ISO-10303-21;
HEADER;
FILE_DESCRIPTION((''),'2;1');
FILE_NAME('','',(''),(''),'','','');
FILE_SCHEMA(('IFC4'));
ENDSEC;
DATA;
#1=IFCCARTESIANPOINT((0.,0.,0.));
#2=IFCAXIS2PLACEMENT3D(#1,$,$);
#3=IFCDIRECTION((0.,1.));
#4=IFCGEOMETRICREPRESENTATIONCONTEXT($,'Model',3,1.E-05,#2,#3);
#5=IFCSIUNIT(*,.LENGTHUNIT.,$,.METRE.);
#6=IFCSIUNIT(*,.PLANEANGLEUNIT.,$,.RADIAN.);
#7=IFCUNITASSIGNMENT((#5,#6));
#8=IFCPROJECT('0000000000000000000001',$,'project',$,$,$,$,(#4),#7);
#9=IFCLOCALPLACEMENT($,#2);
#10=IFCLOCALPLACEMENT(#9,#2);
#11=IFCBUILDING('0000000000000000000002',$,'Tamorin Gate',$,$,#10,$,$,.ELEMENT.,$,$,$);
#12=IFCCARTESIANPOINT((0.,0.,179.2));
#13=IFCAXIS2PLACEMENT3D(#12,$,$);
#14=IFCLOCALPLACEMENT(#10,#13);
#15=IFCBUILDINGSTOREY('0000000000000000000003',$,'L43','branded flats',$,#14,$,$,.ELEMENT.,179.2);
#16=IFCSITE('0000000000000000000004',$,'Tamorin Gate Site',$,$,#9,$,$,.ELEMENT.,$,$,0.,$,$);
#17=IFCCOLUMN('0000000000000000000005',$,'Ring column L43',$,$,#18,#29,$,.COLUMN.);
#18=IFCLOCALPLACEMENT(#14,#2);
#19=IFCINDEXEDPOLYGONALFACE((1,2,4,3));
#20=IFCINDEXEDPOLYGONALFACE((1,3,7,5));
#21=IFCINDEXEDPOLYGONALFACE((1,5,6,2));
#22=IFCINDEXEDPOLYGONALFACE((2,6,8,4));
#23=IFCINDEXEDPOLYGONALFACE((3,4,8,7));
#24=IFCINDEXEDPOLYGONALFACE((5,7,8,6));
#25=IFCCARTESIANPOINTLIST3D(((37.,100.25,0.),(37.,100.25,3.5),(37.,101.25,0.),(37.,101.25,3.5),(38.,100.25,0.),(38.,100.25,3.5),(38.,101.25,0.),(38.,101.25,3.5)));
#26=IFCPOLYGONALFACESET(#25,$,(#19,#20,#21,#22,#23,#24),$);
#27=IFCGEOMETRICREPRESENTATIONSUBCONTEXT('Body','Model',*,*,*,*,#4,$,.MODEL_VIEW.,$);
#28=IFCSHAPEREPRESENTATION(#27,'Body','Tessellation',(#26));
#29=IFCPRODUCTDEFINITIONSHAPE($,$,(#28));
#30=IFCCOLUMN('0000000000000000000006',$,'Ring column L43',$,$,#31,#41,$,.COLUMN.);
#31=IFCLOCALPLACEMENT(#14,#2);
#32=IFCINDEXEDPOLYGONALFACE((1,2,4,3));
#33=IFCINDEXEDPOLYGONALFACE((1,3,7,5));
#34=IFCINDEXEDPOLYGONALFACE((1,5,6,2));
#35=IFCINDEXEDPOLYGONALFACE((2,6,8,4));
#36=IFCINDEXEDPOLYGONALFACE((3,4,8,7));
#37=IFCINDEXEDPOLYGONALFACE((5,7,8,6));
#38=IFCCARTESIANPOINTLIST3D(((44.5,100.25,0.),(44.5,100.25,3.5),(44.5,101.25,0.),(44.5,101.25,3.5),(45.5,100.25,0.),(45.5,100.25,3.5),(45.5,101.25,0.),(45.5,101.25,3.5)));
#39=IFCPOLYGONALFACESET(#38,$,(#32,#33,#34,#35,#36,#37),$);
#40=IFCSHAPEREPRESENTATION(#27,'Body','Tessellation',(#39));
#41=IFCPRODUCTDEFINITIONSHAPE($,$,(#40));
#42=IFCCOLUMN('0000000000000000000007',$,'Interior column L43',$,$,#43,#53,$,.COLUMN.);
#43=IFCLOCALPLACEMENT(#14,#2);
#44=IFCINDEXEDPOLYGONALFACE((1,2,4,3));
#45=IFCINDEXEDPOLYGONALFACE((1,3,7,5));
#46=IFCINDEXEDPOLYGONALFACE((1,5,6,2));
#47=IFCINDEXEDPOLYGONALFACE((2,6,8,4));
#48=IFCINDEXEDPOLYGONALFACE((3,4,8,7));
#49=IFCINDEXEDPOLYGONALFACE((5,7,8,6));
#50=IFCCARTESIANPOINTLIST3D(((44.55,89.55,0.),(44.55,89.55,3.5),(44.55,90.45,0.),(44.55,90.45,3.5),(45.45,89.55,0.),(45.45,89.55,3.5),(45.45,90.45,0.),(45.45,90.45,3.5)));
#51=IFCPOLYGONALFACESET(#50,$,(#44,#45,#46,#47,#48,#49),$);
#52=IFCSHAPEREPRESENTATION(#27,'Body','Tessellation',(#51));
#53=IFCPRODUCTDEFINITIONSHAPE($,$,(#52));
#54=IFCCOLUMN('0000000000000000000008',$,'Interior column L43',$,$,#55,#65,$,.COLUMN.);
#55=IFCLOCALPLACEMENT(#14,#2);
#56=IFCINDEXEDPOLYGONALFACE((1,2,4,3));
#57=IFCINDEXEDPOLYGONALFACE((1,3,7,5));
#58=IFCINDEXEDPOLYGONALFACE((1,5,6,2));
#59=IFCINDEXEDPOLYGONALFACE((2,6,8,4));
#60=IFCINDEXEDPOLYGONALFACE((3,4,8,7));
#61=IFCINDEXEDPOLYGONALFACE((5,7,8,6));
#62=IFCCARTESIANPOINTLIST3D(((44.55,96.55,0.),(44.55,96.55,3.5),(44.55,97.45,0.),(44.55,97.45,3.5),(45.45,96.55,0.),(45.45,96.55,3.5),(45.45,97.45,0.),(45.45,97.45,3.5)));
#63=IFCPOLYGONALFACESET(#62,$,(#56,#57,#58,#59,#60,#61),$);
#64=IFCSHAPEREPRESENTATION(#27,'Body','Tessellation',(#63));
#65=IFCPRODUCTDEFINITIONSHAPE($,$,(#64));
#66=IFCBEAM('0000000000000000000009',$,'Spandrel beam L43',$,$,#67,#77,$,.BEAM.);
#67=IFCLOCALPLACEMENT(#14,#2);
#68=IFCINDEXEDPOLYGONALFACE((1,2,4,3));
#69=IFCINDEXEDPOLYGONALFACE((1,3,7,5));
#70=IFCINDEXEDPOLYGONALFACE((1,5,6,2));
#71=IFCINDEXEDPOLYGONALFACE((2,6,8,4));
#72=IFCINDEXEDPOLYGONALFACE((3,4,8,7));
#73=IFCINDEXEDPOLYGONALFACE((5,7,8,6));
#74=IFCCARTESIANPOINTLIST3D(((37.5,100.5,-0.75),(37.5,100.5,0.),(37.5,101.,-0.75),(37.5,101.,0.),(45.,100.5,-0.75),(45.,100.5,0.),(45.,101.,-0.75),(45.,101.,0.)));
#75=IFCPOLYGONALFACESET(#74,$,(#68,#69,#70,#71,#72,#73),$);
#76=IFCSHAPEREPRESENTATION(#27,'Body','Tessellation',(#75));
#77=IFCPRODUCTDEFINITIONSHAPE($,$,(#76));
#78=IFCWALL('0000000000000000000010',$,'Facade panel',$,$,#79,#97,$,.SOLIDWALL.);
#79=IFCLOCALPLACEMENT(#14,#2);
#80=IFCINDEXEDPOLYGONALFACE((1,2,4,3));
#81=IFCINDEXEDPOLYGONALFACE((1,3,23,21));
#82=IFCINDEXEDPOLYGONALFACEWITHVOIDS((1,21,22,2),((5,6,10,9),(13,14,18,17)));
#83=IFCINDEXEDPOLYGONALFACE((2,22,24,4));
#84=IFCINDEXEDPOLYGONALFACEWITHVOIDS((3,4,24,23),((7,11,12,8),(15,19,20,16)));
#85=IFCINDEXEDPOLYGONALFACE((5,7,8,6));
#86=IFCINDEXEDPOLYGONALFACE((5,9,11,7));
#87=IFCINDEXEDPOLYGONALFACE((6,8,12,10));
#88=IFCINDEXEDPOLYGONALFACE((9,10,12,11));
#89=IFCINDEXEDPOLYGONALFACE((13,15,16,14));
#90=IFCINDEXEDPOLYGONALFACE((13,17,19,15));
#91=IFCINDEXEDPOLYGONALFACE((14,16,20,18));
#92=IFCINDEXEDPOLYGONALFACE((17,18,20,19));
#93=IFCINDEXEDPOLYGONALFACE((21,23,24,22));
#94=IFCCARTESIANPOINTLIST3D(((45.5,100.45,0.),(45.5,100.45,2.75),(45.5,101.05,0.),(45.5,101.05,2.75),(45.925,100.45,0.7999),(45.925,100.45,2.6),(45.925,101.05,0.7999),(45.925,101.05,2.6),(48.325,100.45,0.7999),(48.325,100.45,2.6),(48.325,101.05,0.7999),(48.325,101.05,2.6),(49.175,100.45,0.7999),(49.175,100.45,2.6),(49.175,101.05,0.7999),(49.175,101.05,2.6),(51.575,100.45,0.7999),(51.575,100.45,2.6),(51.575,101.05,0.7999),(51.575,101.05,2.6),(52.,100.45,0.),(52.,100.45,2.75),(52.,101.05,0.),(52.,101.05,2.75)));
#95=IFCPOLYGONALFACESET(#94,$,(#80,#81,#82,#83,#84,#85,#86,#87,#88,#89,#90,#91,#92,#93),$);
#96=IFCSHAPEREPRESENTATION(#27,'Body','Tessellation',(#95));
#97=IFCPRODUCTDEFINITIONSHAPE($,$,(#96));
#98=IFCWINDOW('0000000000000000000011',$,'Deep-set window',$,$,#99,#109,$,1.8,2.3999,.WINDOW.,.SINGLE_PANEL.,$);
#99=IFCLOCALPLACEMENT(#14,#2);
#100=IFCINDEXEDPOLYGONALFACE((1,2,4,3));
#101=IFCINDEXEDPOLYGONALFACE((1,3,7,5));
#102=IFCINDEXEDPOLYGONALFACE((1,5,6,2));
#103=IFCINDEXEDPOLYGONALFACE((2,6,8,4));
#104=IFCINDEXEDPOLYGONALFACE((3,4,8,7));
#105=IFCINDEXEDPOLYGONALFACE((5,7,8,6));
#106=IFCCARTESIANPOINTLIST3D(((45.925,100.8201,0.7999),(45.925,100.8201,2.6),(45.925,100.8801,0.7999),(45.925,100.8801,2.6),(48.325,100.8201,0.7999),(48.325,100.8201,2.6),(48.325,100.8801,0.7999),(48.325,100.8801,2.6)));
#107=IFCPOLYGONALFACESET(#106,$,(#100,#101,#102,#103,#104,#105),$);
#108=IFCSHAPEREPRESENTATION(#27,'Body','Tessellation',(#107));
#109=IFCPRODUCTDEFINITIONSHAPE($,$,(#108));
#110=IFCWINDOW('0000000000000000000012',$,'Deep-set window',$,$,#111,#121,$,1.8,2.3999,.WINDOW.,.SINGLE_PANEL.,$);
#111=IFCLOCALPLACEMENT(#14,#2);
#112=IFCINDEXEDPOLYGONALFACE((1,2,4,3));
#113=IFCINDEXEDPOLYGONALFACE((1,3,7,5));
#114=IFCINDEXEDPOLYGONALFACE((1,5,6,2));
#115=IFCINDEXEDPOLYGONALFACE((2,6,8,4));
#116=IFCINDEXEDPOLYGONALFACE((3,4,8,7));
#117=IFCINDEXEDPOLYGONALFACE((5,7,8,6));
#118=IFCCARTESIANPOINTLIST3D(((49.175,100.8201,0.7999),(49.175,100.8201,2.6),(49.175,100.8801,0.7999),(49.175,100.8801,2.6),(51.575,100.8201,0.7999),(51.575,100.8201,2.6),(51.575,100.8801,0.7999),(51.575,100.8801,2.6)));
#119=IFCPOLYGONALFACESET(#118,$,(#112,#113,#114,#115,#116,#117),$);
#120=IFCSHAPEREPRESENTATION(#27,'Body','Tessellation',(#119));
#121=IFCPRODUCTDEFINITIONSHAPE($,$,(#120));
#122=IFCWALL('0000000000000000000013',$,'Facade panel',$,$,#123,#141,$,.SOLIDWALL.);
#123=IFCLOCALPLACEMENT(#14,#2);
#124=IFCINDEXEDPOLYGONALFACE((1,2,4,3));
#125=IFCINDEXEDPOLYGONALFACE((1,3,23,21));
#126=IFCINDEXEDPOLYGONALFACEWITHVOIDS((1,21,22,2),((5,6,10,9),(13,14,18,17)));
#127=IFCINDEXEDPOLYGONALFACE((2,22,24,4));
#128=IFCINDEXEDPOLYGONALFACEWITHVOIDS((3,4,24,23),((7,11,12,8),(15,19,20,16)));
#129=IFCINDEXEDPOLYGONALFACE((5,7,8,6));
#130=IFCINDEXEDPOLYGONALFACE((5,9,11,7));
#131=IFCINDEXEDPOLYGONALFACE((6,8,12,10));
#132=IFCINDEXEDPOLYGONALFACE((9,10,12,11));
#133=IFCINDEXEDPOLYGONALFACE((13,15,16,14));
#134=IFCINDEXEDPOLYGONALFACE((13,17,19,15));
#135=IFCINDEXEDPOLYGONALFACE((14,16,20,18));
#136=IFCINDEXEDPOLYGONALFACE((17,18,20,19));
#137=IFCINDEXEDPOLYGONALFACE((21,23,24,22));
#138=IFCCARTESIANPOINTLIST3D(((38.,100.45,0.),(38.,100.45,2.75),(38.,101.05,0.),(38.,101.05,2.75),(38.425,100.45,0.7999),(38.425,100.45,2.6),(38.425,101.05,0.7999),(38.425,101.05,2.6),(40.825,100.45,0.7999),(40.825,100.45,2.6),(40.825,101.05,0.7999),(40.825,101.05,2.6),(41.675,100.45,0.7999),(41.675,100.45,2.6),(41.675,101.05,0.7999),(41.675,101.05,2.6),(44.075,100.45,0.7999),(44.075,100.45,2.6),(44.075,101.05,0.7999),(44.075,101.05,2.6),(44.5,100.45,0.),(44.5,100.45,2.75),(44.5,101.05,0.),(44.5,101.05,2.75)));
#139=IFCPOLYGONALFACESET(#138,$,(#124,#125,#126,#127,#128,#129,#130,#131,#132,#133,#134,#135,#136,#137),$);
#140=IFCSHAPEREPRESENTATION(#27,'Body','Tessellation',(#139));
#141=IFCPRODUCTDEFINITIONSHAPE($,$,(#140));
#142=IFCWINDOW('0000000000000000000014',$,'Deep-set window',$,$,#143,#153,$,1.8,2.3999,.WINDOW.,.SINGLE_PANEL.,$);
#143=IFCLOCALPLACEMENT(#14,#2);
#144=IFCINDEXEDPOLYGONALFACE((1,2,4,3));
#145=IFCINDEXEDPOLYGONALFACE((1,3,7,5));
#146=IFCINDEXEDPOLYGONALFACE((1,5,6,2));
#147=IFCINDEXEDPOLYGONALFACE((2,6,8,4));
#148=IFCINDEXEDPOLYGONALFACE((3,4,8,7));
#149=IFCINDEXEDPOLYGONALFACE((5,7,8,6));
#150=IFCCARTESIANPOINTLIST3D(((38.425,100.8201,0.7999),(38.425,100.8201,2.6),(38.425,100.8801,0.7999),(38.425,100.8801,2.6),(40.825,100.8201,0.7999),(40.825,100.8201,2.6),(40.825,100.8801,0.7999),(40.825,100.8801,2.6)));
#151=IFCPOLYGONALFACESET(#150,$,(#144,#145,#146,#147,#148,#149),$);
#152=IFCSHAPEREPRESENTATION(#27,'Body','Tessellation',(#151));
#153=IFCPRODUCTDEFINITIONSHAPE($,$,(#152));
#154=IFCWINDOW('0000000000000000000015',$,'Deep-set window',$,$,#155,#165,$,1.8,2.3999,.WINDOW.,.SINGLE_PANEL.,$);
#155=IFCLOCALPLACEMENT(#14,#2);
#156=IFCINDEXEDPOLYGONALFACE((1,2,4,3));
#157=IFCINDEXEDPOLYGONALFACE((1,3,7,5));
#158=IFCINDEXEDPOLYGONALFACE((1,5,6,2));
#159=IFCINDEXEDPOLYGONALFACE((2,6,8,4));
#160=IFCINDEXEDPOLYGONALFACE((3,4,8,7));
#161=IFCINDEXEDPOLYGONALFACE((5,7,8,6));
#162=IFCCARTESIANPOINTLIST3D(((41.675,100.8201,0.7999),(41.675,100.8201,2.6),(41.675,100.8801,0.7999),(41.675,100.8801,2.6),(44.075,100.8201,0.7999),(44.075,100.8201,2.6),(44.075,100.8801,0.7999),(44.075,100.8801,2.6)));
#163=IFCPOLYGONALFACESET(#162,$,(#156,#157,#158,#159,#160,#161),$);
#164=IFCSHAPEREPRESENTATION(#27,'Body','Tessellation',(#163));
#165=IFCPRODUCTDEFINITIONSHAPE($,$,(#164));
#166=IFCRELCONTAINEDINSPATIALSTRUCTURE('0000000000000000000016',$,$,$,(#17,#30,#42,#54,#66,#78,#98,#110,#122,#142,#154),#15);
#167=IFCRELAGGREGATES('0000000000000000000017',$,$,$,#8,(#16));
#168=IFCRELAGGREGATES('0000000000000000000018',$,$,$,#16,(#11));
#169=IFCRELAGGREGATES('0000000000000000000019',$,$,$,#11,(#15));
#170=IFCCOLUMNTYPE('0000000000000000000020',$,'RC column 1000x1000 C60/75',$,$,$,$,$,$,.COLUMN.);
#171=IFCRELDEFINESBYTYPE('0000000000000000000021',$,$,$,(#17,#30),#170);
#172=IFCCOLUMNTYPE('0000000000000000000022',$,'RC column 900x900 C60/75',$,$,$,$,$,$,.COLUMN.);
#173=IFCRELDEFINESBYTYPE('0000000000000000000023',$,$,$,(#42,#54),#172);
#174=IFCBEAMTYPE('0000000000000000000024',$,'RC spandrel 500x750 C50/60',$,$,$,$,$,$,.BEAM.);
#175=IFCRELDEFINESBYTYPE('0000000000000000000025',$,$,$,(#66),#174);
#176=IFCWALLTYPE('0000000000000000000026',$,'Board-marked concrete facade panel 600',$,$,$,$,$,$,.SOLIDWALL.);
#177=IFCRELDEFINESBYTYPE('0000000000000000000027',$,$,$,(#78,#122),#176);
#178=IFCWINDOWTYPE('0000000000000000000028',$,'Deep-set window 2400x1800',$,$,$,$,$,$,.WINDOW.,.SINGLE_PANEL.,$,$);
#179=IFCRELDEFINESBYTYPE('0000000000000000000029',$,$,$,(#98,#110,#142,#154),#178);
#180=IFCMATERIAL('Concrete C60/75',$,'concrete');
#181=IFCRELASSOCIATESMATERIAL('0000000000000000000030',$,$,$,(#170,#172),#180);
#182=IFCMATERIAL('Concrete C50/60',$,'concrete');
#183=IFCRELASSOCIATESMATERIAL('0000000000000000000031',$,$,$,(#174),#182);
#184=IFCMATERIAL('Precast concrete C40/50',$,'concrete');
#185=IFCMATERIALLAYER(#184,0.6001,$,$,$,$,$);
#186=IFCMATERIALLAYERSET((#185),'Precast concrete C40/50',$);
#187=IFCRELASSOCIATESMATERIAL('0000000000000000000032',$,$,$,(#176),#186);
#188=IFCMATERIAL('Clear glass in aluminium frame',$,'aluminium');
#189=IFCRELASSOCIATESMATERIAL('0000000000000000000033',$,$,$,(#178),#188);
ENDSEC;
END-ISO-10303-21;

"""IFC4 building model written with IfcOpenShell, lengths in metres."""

from ifc_helpers import new_model, si_unit, direction, frame, frame_2d, origin, origin_2d, place, context, subcontext, project, spatial, rectangle, extrude, material, layer, layer_set, material_profile, profile_set, type_object, element, fill, save


model = new_model("IFC4")

# Units and contexts
model_context = context("Model", 3, precision=1e-05, world=origin(), true_north=direction((0.0, 1.0)))
body_context = subcontext(model_context, "Body", "Model", "MODEL_VIEW")
ifc_project = project(units=[si_unit("LENGTHUNIT", "METRE"), si_unit("PLANEANGLEUNIT", "RADIAN")], contexts=[model_context])

# Site, building, storey
site_placement = place(None, origin())
site = spatial("IfcSite", under=ifc_project, at=site_placement, Name="Tamorin Gate Site", CompositionType="ELEMENT", RefElevation=0.0)
building_placement = place(site_placement, origin())
building = spatial("IfcBuilding", under=site, at=building_placement, Name="Tamorin Gate", CompositionType="ELEMENT")
storey_placement = place(building_placement, frame((0.0, 0.0, 179.2)))
storey = spatial("IfcBuildingStorey", under=building, at=storey_placement, Name="L43", Description="branded flats", CompositionType="ELEMENT", Elevation=179.2)

# Columns
ifc_material_1 = material(Name="Concrete C60/75", Category="concrete")
ifc_material_profile_1 = material_profile(ifc_material_1, rectangle(XDim=1.0, YDim=1.0, at=origin_2d()), Name="RC 1000x1000")
ifc_profile_set_1 = profile_set([ifc_material_profile_1], Name="Concrete C60/75")
column_type_1 = type_object("IfcColumnType", Name="RC column 1000x1000 C60/75", PredefinedType="COLUMN", material=ifc_profile_set_1)
for number, where, z_axis, x_axis, name in (
    (1, (37.5, 100.75, 0.0), (0.0, 0.0, 1.0), (1.0, 0.0, 0.0), "Ring column L43"),
    (2, (45.0, 100.75, 0.0), (0.0, 0.0, 1.0), (1.0, 0.0, 0.0), "Ring column L43"),
):
    element("IfcColumn", number, at=place(storey_placement, frame(where, z_axis=z_axis, x_axis=x_axis)), inside=storey, type_object=column_type_1, Name=name, PredefinedType="COLUMN", context=body_context, shape_type="SweptSolid", body=[
        extrude(rectangle(XDim=1.0, YDim=1.0, at=origin_2d()), origin(), (0.0, 0.0, 1.0), 3.5),
    ])
ifc_material_profile_2 = material_profile(ifc_material_1, rectangle(XDim=0.8999, YDim=0.8999, at=origin_2d()), Name="RC 900x900")
ifc_profile_set_2 = profile_set([ifc_material_profile_2], Name="Concrete C60/75")
column_type_2 = type_object("IfcColumnType", Name="RC column 900x900 C60/75", PredefinedType="COLUMN", material=ifc_profile_set_2)
for number, where, z_axis, x_axis, name in (
    (3, (45.0, 90.0, 0.0), (0.0, 0.0, 1.0), (1.0, 0.0, 0.0), "Interior column L43"),
    (4, (45.0, 97.0, 0.0), (0.0, 0.0, 1.0), (1.0, 0.0, 0.0), "Interior column L43"),
):
    element("IfcColumn", number, at=place(storey_placement, frame(where, z_axis=z_axis, x_axis=x_axis)), inside=storey, type_object=column_type_2, Name=name, PredefinedType="COLUMN", context=body_context, shape_type="SweptSolid", body=[
        extrude(rectangle(XDim=0.8999, YDim=0.8999, at=origin_2d()), origin(), (0.0, 0.0, 1.0), 3.5),
    ])

# Beam
ifc_material_2 = material(Name="Concrete C50/60", Category="concrete")
ifc_material_profile_3 = material_profile(ifc_material_2, rectangle(XDim=0.5, YDim=0.75, at=origin_2d()), Name="RC 500x750")
ifc_profile_set_3 = profile_set([ifc_material_profile_3], Name="Concrete C50/60")
beam_type = type_object("IfcBeamType", Name="RC spandrel 500x750 C50/60", PredefinedType="BEAM", material=ifc_profile_set_3)
beam_placement = place(storey_placement, frame((45.0, 100.75, -0.375), z_axis=(-1.0, 0.0, 0.0), x_axis=(0.0, -1.0, 0.0)))
element("IfcBeam", 5, at=beam_placement, inside=storey, type_object=beam_type, Name="Spandrel beam L43", PredefinedType="BEAM", context=body_context, shape_type="SweptSolid", body=[
    extrude(rectangle(XDim=0.5, YDim=0.75, at=origin_2d()), origin(), (0.0, 0.0, 1.0), 7.5),
])

# Walls, openings, windows
ifc_material_3 = material(Name="Precast concrete C40/50", Category="concrete")
ifc_layer_1 = layer(ifc_material_3, 0.6001)
ifc_layer_set_1 = layer_set([ifc_layer_1], Name="Precast concrete C40/50")
wall_type_1 = type_object("IfcWallType", Name="Board-marked concrete facade panel 600", PredefinedType="SOLIDWALL", material=ifc_layer_set_1)
wall_1_placement = place(storey_placement, frame((52.0, 100.75, 0.0), z_axis=(0.0, 0.0, 1.0), x_axis=(-1.0, 0.0, 0.0)))
wall_1 = element("IfcWall", 6, at=wall_1_placement, inside=storey, type_object=wall_type_1, Name="Facade panel", PredefinedType="SOLIDWALL", context=body_context, shape_type="SweptSolid", body=[
    extrude(rectangle(XDim=6.5, YDim=0.6001, at=frame_2d((3.25, 0.0))), origin(), (0.0, 0.0, 1.0), 2.75),
])
opening_1_placement = place(wall_1_placement, frame((3.675, 0.0, 0.8)))
opening_1 = element("IfcOpeningElement", 7, at=opening_1_placement, cuts=wall_1, PredefinedType="OPENING", context=body_context, shape_type="SweptSolid", body=[
    extrude(rectangle(XDim=2.3999, YDim=1.8, at=frame_2d((1.2, 0.8999))), frame((0.0, 0.3101, 0.0), z_axis=(0.0, -1.0, 0.0), x_axis=(1.0, 0.0, 0.0)), (0.0, 0.0, 1.0), 0.6201),
])
opening_2_placement = place(wall_1_placement, frame((0.425, 0.0, 0.8)))
opening_2 = element("IfcOpeningElement", 8, at=opening_2_placement, cuts=wall_1, PredefinedType="OPENING", context=body_context, shape_type="SweptSolid", body=[
    extrude(rectangle(XDim=2.3999, YDim=1.8, at=frame_2d((1.2, 0.8999))), frame((0.0, 0.3101, 0.0), z_axis=(0.0, -1.0, 0.0), x_axis=(1.0, 0.0, 0.0)), (0.0, 0.0, 1.0), 0.6201),
])
ifc_material_4 = material(Name="Clear glass in aluminium frame", Category="aluminium")
window_type = type_object("IfcWindowType", Name="Deep-set window 2400x1800", PartitioningType="SINGLE_PANEL", PredefinedType="WINDOW", material=ifc_material_4)
window_1_placement = place(opening_1_placement, origin())
window_1 = element("IfcWindow", 9, at=window_1_placement, inside=storey, type_object=window_type, Name="Deep-set window", OverallHeight=1.8, OverallWidth=2.3999, PartitioningType="SINGLE_PANEL", PredefinedType="WINDOW", context=body_context, shape_type="SweptSolid", body=[
    extrude(rectangle(XDim=2.3999, YDim=1.8, at=frame_2d((1.2, 0.8999))), frame((0.0, -0.0701, 0.0), z_axis=(0.0, -1.0, 0.0), x_axis=(1.0, 0.0, 0.0)), (0.0, 0.0, 1.0), 0.0601),
])
fill(opening_1, window_1)
window_2_placement = place(opening_2_placement, origin())
window_2 = element("IfcWindow", 10, at=window_2_placement, inside=storey, type_object=window_type, Name="Deep-set window", OverallHeight=1.8, OverallWidth=2.3999, PartitioningType="SINGLE_PANEL", PredefinedType="WINDOW", context=body_context, shape_type="SweptSolid", body=[
    extrude(rectangle(XDim=2.3999, YDim=1.8, at=frame_2d((1.2, 0.8999))), frame((0.0, -0.0701, 0.0), z_axis=(0.0, -1.0, 0.0), x_axis=(1.0, 0.0, 0.0)), (0.0, 0.0, 1.0), 0.0601),
])
fill(opening_2, window_2)
wall_2_placement = place(storey_placement, frame((44.5, 100.75, 0.0), z_axis=(0.0, 0.0, 1.0), x_axis=(-1.0, 0.0, 0.0)))
wall_2 = element("IfcWall", 11, at=wall_2_placement, inside=storey, type_object=wall_type_1, Name="Facade panel", PredefinedType="SOLIDWALL", context=body_context, shape_type="SweptSolid", body=[
    extrude(rectangle(XDim=6.5, YDim=0.6001, at=frame_2d((3.25, 0.0))), origin(), (0.0, 0.0, 1.0), 2.75),
])
opening_3_placement = place(wall_2_placement, frame((3.675, 0.0, 0.8)))
opening_3 = element("IfcOpeningElement", 12, at=opening_3_placement, cuts=wall_2, PredefinedType="OPENING", context=body_context, shape_type="SweptSolid", body=[
    extrude(rectangle(XDim=2.3999, YDim=1.8, at=frame_2d((1.2, 0.8999))), frame((0.0, 0.3101, 0.0), z_axis=(0.0, -1.0, 0.0), x_axis=(1.0, 0.0, 0.0)), (0.0, 0.0, 1.0), 0.6201),
])
opening_4_placement = place(wall_2_placement, frame((0.425, 0.0, 0.8)))
opening_4 = element("IfcOpeningElement", 13, at=opening_4_placement, cuts=wall_2, PredefinedType="OPENING", context=body_context, shape_type="SweptSolid", body=[
    extrude(rectangle(XDim=2.3999, YDim=1.8, at=frame_2d((1.2, 0.8999))), frame((0.0, 0.3101, 0.0), z_axis=(0.0, -1.0, 0.0), x_axis=(1.0, 0.0, 0.0)), (0.0, 0.0, 1.0), 0.6201),
])
window_3_placement = place(opening_3_placement, origin())
window_3 = element("IfcWindow", 14, at=window_3_placement, inside=storey, type_object=window_type, Name="Deep-set window", OverallHeight=1.8, OverallWidth=2.3999, PartitioningType="SINGLE_PANEL", PredefinedType="WINDOW", context=body_context, shape_type="SweptSolid", body=[
    extrude(rectangle(XDim=2.3999, YDim=1.8, at=frame_2d((1.2, 0.8999))), frame((0.0, -0.0701, 0.0), z_axis=(0.0, -1.0, 0.0), x_axis=(1.0, 0.0, 0.0)), (0.0, 0.0, 1.0), 0.0601),
])
fill(opening_3, window_3)
window_4_placement = place(opening_4_placement, origin())
window_4 = element("IfcWindow", 15, at=window_4_placement, inside=storey, type_object=window_type, Name="Deep-set window", OverallHeight=1.8, OverallWidth=2.3999, PartitioningType="SINGLE_PANEL", PredefinedType="WINDOW", context=body_context, shape_type="SweptSolid", body=[
    extrude(rectangle(XDim=2.3999, YDim=1.8, at=frame_2d((1.2, 0.8999))), frame((0.0, -0.0701, 0.0), z_axis=(0.0, -1.0, 0.0), x_axis=(1.0, 0.0, 0.0)), (0.0, 0.0, 1.0), 0.0601),
])
fill(opening_4, window_4)

save(model, "model.ifc")
